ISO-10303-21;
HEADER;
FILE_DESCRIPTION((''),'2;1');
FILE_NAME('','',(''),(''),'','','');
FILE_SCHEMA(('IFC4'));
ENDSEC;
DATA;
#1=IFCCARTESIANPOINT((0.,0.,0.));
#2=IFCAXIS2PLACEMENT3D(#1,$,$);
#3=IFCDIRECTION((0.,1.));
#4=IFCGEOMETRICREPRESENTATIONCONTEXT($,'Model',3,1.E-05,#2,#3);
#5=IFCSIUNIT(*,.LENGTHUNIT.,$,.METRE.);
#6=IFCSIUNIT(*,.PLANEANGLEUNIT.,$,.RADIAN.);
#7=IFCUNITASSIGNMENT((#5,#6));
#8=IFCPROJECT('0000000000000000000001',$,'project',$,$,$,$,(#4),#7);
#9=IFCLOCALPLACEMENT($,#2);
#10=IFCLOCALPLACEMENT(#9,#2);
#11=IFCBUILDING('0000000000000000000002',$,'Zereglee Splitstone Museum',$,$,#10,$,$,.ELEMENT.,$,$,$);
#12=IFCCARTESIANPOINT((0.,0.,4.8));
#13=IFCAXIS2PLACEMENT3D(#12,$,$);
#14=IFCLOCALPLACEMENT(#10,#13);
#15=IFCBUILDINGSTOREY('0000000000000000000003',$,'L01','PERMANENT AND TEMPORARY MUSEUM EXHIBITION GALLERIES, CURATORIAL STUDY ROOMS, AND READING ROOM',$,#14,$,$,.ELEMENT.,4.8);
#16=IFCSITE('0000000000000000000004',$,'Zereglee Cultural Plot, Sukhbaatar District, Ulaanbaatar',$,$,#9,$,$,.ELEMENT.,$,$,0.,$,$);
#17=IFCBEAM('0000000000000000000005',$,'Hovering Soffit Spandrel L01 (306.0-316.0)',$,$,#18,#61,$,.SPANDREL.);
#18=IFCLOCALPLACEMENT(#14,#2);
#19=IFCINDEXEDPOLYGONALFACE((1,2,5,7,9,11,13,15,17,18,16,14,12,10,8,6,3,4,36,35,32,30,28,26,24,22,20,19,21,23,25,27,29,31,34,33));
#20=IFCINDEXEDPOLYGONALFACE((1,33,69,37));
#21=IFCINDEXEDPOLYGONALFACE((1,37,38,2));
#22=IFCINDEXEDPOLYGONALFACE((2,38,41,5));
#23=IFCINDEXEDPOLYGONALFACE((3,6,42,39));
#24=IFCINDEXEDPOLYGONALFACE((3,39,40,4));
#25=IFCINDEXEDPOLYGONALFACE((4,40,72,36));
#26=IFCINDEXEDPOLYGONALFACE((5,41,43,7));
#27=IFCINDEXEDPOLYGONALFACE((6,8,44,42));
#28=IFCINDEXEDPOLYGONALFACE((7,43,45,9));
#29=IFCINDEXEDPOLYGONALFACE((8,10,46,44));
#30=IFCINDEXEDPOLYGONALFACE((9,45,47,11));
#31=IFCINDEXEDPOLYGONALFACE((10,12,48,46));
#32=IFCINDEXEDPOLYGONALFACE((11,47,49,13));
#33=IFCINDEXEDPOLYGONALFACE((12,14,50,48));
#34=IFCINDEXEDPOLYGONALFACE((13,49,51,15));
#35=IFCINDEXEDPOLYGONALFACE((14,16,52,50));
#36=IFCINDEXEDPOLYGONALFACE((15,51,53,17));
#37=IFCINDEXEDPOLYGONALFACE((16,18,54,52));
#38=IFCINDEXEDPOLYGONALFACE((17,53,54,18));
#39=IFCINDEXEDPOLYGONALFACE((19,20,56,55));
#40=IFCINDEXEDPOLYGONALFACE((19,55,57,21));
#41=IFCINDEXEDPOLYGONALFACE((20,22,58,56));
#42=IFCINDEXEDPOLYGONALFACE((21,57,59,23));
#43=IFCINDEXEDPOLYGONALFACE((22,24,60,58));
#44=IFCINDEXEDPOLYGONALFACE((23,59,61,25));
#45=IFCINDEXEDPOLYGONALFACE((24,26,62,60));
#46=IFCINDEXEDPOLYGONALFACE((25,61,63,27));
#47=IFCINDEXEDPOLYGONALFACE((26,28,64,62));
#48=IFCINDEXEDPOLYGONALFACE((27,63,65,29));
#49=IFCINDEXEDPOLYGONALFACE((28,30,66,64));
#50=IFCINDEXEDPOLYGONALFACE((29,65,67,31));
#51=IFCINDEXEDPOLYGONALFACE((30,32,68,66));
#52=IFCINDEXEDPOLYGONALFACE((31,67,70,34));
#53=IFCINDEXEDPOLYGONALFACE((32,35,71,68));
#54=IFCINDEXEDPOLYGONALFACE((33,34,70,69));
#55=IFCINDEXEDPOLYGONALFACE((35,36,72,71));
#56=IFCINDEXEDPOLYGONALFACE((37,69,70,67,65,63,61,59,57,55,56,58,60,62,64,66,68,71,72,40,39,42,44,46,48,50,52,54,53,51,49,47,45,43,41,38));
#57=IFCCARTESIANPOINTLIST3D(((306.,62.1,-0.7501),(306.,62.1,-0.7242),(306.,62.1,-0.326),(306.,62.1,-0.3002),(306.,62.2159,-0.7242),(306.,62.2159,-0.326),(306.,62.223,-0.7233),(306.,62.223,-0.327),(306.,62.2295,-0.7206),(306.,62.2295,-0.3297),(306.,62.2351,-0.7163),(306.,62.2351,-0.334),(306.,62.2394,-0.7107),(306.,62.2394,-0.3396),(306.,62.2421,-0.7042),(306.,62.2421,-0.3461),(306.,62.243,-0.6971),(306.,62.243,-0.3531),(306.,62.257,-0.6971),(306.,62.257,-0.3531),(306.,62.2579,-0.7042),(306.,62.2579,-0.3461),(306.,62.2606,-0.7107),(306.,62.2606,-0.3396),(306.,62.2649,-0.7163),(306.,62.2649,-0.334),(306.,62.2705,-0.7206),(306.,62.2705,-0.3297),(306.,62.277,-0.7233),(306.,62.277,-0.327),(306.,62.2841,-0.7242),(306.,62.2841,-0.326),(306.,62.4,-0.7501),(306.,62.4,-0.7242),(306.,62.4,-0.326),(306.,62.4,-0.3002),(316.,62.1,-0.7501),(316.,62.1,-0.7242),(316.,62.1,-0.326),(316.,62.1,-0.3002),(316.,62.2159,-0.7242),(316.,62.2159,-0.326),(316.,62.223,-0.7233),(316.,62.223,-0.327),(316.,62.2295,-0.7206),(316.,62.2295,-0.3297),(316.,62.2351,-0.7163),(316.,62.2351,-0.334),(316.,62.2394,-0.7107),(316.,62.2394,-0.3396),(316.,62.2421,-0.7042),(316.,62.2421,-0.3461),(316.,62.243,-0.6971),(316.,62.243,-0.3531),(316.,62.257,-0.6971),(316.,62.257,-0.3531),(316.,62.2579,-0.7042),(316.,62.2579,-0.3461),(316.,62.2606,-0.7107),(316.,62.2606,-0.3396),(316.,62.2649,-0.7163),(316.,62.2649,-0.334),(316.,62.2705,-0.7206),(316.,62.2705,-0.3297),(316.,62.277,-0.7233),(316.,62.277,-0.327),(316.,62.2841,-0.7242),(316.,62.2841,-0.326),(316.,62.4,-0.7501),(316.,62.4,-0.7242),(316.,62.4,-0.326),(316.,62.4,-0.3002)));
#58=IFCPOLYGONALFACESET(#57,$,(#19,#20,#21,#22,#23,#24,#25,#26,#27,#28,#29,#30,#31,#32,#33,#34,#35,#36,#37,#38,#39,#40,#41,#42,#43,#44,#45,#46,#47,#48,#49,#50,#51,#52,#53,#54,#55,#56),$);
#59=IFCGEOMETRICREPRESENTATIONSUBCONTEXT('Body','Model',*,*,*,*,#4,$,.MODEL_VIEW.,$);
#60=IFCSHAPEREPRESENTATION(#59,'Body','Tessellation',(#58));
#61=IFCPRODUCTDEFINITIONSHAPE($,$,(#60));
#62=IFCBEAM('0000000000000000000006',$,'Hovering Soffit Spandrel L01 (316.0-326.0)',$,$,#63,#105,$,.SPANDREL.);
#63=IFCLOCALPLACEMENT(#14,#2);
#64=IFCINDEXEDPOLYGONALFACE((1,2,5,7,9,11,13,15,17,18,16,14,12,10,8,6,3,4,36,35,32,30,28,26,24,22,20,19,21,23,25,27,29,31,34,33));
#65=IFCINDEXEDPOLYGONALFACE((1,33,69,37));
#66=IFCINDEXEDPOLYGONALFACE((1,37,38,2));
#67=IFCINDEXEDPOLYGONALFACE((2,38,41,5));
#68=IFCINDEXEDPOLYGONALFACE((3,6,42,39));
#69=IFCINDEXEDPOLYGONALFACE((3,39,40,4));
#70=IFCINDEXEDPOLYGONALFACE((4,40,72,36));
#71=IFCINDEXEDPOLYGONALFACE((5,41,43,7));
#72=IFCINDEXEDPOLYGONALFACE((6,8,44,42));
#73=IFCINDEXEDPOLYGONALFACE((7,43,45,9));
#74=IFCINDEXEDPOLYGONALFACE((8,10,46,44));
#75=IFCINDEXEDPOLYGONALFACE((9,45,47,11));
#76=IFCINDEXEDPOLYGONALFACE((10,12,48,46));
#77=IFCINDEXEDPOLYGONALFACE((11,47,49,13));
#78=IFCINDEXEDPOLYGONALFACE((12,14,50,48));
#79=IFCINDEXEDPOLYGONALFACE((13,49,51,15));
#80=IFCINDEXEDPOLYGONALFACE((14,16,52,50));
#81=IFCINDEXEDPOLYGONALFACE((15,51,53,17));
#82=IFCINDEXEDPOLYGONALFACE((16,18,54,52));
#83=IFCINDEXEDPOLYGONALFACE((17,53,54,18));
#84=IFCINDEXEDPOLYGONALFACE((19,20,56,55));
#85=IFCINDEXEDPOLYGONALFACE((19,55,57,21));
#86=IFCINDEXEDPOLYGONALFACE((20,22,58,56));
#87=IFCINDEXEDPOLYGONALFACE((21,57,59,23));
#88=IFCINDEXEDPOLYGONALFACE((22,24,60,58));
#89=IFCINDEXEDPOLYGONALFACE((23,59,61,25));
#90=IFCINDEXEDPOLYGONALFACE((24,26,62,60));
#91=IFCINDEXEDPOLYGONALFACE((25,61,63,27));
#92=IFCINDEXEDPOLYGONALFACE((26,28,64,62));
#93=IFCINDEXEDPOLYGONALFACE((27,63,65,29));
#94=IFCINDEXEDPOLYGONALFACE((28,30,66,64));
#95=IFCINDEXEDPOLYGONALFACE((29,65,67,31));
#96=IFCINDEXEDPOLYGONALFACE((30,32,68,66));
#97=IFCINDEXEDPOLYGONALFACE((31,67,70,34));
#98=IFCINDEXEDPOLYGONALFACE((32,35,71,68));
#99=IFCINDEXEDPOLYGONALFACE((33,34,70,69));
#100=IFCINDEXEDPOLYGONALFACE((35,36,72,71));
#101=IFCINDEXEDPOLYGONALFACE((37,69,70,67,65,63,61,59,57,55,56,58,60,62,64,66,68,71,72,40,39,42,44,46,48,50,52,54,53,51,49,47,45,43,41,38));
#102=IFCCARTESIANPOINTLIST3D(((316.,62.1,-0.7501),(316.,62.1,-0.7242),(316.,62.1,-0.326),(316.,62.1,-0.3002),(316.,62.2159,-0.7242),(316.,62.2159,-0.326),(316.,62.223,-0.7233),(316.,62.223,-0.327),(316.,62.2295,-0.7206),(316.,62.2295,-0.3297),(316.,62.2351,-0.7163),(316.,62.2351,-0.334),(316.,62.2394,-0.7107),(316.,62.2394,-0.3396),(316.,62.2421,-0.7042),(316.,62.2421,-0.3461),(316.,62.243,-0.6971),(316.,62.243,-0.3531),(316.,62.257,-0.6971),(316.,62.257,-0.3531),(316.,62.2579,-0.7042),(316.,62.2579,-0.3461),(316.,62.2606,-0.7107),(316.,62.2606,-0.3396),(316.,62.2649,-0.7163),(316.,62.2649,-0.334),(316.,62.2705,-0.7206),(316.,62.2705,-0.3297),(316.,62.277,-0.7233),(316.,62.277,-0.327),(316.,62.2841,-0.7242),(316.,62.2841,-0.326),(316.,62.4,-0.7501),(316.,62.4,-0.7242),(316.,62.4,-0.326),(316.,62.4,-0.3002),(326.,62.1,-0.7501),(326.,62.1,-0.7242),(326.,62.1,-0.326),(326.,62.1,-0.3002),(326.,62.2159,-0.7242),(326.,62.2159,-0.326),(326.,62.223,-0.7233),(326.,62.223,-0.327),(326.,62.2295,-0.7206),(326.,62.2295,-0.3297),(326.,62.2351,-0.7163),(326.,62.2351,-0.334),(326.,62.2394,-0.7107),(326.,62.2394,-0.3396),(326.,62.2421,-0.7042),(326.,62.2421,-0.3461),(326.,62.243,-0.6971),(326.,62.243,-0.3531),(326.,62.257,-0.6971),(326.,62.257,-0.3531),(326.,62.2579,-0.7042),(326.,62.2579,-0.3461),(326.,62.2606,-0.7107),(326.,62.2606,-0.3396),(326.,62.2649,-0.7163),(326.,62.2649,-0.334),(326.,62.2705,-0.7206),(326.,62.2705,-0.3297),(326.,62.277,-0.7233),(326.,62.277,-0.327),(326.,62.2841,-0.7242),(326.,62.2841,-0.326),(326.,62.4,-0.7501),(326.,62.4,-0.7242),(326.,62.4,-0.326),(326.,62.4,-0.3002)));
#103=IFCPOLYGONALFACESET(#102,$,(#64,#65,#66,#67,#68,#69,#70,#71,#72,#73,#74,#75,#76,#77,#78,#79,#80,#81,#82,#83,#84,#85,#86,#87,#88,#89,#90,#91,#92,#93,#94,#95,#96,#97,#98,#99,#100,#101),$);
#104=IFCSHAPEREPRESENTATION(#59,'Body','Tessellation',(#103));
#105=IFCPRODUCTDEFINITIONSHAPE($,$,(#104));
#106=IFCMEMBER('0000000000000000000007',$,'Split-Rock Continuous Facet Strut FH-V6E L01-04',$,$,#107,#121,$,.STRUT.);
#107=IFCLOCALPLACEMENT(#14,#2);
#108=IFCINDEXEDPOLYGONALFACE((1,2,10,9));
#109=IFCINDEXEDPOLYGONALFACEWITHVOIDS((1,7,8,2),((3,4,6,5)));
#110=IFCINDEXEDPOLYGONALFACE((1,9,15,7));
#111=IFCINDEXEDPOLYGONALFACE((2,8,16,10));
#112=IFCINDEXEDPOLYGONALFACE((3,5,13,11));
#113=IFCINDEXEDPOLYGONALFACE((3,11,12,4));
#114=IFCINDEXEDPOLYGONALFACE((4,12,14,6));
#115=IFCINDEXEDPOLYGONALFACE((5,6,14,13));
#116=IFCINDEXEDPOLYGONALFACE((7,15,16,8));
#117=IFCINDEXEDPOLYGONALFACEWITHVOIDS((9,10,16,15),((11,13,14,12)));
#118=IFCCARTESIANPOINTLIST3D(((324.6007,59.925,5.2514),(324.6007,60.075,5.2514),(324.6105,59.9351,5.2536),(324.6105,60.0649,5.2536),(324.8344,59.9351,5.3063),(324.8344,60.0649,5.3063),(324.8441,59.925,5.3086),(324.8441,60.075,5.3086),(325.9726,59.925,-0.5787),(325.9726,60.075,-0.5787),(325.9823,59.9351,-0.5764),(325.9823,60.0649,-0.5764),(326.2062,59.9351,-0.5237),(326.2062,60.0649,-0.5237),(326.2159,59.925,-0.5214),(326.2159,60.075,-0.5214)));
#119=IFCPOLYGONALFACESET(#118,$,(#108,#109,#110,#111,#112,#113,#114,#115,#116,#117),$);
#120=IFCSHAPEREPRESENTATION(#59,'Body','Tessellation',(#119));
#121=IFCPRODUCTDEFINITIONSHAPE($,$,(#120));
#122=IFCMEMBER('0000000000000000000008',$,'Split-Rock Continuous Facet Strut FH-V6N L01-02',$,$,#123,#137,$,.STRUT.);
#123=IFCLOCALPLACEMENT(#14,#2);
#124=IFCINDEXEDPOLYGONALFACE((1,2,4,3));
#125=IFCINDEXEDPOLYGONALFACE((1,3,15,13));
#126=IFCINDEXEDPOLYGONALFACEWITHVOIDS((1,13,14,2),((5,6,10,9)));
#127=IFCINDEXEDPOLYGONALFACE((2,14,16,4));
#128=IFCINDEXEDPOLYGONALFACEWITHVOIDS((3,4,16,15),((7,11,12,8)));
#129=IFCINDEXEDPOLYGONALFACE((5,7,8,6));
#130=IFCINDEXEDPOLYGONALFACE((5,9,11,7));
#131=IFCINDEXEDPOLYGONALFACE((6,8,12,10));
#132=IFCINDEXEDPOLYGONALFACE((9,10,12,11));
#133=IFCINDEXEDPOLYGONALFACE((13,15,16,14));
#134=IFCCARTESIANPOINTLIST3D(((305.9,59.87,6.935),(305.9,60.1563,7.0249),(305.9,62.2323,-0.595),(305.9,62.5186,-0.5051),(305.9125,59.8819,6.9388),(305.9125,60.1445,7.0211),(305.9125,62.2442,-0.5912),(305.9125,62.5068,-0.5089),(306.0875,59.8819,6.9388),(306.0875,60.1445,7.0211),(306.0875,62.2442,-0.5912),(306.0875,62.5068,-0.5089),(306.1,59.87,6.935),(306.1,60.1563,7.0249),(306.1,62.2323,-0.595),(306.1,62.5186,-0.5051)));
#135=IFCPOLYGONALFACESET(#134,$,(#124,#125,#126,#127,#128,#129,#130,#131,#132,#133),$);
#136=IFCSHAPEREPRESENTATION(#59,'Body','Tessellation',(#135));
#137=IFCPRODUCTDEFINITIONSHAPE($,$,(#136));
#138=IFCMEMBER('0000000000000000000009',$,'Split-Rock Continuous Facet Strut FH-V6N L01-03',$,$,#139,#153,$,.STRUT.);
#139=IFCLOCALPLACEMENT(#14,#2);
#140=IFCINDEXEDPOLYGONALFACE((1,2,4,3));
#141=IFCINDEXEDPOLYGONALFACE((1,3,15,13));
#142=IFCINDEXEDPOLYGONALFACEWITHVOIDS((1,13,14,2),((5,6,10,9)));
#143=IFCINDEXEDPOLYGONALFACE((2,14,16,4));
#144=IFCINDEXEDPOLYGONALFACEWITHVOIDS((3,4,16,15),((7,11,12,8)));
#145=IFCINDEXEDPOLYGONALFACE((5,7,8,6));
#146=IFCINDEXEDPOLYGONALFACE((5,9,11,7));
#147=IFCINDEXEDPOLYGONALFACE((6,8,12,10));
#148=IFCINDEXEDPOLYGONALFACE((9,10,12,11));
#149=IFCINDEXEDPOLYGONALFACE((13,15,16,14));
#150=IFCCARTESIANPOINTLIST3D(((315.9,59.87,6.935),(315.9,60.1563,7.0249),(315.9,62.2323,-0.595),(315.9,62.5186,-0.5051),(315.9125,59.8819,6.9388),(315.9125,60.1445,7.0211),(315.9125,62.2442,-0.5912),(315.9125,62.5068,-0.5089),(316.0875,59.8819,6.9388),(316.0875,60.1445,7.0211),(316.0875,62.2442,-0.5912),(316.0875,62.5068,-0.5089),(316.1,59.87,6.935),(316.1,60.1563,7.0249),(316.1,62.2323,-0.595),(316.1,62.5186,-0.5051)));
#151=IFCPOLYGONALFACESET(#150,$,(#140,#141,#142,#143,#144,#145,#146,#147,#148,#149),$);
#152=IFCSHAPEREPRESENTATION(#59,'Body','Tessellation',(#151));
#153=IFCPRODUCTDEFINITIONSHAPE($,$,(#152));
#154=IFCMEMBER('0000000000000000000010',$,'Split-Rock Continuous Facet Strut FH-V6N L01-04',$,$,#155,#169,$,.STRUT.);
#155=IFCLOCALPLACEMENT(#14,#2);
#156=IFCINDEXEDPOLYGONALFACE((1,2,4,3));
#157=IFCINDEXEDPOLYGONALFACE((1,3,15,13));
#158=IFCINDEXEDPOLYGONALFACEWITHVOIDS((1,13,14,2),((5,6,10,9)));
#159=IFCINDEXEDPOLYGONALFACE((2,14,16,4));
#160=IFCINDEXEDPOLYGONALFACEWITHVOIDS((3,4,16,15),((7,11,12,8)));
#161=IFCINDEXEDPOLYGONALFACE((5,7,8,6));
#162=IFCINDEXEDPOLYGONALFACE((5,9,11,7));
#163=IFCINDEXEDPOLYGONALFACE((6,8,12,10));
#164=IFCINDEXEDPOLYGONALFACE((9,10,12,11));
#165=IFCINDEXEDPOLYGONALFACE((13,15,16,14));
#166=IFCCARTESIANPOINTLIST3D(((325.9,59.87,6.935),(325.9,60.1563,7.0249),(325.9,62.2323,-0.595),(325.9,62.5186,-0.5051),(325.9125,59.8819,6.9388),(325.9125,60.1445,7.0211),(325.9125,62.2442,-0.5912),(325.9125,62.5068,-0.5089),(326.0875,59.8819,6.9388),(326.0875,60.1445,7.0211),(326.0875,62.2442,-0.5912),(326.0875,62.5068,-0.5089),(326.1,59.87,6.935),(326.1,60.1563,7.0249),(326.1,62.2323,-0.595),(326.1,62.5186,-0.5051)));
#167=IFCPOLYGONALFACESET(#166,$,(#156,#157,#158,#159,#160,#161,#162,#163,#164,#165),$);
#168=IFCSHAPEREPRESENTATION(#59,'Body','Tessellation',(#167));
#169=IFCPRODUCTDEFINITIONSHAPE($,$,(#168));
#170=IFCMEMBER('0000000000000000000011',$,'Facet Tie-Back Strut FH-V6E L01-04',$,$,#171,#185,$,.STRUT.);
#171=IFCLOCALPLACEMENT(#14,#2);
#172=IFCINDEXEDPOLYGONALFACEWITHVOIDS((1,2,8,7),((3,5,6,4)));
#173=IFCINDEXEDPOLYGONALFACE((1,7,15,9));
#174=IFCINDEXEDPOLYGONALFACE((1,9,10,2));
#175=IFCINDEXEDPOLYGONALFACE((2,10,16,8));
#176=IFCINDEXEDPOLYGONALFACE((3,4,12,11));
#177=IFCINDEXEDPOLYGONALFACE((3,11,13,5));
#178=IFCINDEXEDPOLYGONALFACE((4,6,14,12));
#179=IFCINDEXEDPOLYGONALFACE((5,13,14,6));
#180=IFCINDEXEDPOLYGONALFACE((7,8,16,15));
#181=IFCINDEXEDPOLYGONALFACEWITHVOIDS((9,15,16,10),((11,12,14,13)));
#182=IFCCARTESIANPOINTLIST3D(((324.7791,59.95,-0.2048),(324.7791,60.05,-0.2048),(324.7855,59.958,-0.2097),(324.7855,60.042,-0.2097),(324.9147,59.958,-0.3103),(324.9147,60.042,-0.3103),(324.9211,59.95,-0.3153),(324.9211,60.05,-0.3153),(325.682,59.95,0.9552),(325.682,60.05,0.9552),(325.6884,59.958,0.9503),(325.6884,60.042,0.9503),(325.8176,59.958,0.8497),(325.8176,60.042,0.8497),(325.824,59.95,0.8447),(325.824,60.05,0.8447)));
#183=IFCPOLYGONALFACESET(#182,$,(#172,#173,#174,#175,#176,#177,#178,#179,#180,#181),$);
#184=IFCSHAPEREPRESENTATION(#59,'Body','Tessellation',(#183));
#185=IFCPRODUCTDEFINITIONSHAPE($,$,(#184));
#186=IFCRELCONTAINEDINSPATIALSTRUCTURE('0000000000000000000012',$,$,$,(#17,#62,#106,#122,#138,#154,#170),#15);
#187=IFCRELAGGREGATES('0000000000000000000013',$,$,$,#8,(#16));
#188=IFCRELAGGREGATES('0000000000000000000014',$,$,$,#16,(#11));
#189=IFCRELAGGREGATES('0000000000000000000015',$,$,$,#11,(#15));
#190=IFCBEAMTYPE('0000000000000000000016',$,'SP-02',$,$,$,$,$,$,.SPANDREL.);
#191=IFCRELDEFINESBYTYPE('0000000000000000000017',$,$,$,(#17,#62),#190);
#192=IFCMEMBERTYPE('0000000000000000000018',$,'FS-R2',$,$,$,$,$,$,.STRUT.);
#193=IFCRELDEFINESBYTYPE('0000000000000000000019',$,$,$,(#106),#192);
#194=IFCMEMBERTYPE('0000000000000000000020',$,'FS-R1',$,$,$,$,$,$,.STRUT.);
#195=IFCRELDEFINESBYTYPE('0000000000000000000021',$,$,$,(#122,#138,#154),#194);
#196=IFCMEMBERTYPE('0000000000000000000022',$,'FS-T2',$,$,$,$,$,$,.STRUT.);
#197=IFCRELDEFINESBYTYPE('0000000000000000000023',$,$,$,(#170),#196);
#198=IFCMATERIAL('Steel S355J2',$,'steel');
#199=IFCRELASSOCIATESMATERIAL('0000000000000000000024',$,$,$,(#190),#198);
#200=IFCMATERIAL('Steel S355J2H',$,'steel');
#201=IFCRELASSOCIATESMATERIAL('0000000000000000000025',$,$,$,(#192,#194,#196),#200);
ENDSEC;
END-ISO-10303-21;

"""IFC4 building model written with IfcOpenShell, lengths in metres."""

from ifc_helpers import new_model, si_unit, direction, frame, origin, origin_2d, place, context, subcontext, project, spatial, hollow_rectangle, i_section, extrude, material, material_profile, profile_set, type_object, element, save


model = new_model("IFC4")

# Units and contexts
model_context = context("Model", 3, precision=1e-05, world=origin(), true_north=direction((0.0, 1.0)))
body_context = subcontext(model_context, "Body", "Model", "MODEL_VIEW")
ifc_project = project(units=[si_unit("LENGTHUNIT", "METRE"), si_unit("PLANEANGLEUNIT", "RADIAN")], contexts=[model_context])

# Site, building, storey
site_placement = place(None, origin())
site = spatial("IfcSite", under=ifc_project, at=site_placement, Name="Zereglee Cultural Plot, Sukhbaatar District, Ulaanbaatar", CompositionType="ELEMENT", RefElevation=0.0)
building_placement = place(site_placement, origin())
building = spatial("IfcBuilding", under=site, at=building_placement, Name="Zereglee Splitstone Museum", CompositionType="ELEMENT")
storey_placement = place(building_placement, frame((0.0, 0.0, 4.8)))
storey = spatial("IfcBuildingStorey", under=building, at=storey_placement, Name="L01", Description="PERMANENT AND TEMPORARY MUSEUM EXHIBITION GALLERIES, CURATORIAL STUDY ROOMS, AND READING ROOM", CompositionType="ELEMENT", Elevation=4.8)

# Shared definitions
ifc_material_1 = material(Name="Steel S355J2H", Category="steel")
ifc_material_2 = material(Name="Steel S355J2", Category="steel")

# Beams
ifc_material_profile_1 = material_profile(ifc_material_2, i_section(OverallWidth=0.3, OverallDepth=0.45, WebThickness=0.0139, FlangeThickness=0.0259, FilletRadius=0.0271, at=origin_2d()), Name="HE 450 B")
ifc_profile_set_1 = profile_set([ifc_material_profile_1], Name="Steel S355J2")
beam_type = type_object("IfcBeamType", Name="SP-02", PredefinedType="SPANDREL", material=ifc_profile_set_1)
for number, where, z_axis, x_axis, name in (
    (1, (306.0, 62.25, -0.5251), (1.0, 0.0, 0.0), (0.0, 1.0, 0.0), "Hovering Soffit Spandrel L01 (306.0-316.0)"),
    (2, (316.0, 62.25, -0.5251), (1.0, 0.0, 0.0), (0.0, 1.0, 0.0), "Hovering Soffit Spandrel L01 (316.0-326.0)"),
):
    element("IfcBeam", number, at=place(storey_placement, frame(where, z_axis=z_axis, x_axis=x_axis)), inside=storey, type_object=beam_type, Name=name, PredefinedType="SPANDREL", context=body_context, shape_type="SweptSolid", body=[
        extrude(i_section(OverallWidth=0.3, OverallDepth=0.45, WebThickness=0.0139, FlangeThickness=0.0259, FilletRadius=0.0271, at=origin_2d()), origin(), (0.0, 0.0, 1.0), 10.0),
    ])

# Members
ifc_material_profile_2 = material_profile(ifc_material_1, hollow_rectangle(XDim=0.1499, YDim=0.25, WallThickness=0.01, at=origin_2d()), Name="RHS 250x150x10")
ifc_profile_set_2 = profile_set([ifc_material_profile_2], Name="Steel S355J2H")
member_type_1 = type_object("IfcMemberType", Name="FS-R2", PredefinedType="STRUT", material=ifc_profile_set_2)
member_1_placement = place(storey_placement, frame((326.0942, 60.0, -0.55), z_axis=(-0.229046, 0.0, 0.973416), x_axis=(0.0, -1.0, 0.0)))
element("IfcMember", 3, at=member_1_placement, inside=storey, type_object=member_type_1, Name="Split-Rock Continuous Facet Strut FH-V6E L01-04", PredefinedType="STRUT", context=body_context, shape_type="SweptSolid", body=[
    extrude(hollow_rectangle(XDim=0.1499, YDim=0.25, WallThickness=0.01, at=origin_2d()), origin(), (0.0, 0.0, 1.0), 5.9893),
])
ifc_material_profile_3 = material_profile(ifc_material_1, hollow_rectangle(XDim=0.2, YDim=0.3, WallThickness=0.0125, at=origin_2d()), Name="RHS 300x200x12.5")
ifc_profile_set_3 = profile_set([ifc_material_profile_3], Name="Steel S355J2H")
member_type_2 = type_object("IfcMemberType", Name="FS-R1", PredefinedType="STRUT", material=ifc_profile_set_3)
for number, where, z_axis, x_axis, name in (
    (4, (306.0, 62.3755, -0.55), (0.0, -0.299333, 0.954149), (1.0, 0.0, 0.0), "Split-Rock Continuous Facet Strut FH-V6N L01-02"),
    (5, (316.0, 62.3755, -0.55), (0.0, -0.299333, 0.954149), (1.0, 0.0, 0.0), "Split-Rock Continuous Facet Strut FH-V6N L01-03"),
    (6, (326.0, 62.3755, -0.55), (0.0, -0.299333, 0.954149), (1.0, 0.0, 0.0), "Split-Rock Continuous Facet Strut FH-V6N L01-04"),
):
    element("IfcMember", number, at=place(storey_placement, frame(where, z_axis=z_axis, x_axis=x_axis)), inside=storey, type_object=member_type_2, Name=name, PredefinedType="STRUT", context=body_context, shape_type="SweptSolid", body=[
        extrude(hollow_rectangle(XDim=0.2, YDim=0.3, WallThickness=0.0125, at=origin_2d()), origin(), (0.0, 0.0, 1.0), 7.8918),
    ])
ifc_material_profile_4 = material_profile(ifc_material_1, hollow_rectangle(XDim=0.1001, YDim=0.1799, WallThickness=0.0081, at=origin_2d()), Name="RHS 180x100x8")
ifc_profile_set_4 = profile_set([ifc_material_profile_4], Name="Steel S355J2H")
member_type_3 = type_object("IfcMemberType", Name="FS-T2", PredefinedType="STRUT", material=ifc_profile_set_4)
member_2_placement = place(storey_placement, frame((324.8501, 60.0, -0.26), z_axis=(0.614228, 0.0, 0.789129), x_axis=(0.0, 1.0, 0.0)))
element("IfcMember", 7, at=member_2_placement, inside=storey, type_object=member_type_3, Name="Facet Tie-Back Strut FH-V6E L01-04", PredefinedType="STRUT", context=body_context, shape_type="SweptSolid", body=[
    extrude(hollow_rectangle(XDim=0.1001, YDim=0.1799, WallThickness=0.0081, at=origin_2d()), origin(), (0.0, 0.0, 1.0), 1.47),
])

save(model, "model.ifc")
